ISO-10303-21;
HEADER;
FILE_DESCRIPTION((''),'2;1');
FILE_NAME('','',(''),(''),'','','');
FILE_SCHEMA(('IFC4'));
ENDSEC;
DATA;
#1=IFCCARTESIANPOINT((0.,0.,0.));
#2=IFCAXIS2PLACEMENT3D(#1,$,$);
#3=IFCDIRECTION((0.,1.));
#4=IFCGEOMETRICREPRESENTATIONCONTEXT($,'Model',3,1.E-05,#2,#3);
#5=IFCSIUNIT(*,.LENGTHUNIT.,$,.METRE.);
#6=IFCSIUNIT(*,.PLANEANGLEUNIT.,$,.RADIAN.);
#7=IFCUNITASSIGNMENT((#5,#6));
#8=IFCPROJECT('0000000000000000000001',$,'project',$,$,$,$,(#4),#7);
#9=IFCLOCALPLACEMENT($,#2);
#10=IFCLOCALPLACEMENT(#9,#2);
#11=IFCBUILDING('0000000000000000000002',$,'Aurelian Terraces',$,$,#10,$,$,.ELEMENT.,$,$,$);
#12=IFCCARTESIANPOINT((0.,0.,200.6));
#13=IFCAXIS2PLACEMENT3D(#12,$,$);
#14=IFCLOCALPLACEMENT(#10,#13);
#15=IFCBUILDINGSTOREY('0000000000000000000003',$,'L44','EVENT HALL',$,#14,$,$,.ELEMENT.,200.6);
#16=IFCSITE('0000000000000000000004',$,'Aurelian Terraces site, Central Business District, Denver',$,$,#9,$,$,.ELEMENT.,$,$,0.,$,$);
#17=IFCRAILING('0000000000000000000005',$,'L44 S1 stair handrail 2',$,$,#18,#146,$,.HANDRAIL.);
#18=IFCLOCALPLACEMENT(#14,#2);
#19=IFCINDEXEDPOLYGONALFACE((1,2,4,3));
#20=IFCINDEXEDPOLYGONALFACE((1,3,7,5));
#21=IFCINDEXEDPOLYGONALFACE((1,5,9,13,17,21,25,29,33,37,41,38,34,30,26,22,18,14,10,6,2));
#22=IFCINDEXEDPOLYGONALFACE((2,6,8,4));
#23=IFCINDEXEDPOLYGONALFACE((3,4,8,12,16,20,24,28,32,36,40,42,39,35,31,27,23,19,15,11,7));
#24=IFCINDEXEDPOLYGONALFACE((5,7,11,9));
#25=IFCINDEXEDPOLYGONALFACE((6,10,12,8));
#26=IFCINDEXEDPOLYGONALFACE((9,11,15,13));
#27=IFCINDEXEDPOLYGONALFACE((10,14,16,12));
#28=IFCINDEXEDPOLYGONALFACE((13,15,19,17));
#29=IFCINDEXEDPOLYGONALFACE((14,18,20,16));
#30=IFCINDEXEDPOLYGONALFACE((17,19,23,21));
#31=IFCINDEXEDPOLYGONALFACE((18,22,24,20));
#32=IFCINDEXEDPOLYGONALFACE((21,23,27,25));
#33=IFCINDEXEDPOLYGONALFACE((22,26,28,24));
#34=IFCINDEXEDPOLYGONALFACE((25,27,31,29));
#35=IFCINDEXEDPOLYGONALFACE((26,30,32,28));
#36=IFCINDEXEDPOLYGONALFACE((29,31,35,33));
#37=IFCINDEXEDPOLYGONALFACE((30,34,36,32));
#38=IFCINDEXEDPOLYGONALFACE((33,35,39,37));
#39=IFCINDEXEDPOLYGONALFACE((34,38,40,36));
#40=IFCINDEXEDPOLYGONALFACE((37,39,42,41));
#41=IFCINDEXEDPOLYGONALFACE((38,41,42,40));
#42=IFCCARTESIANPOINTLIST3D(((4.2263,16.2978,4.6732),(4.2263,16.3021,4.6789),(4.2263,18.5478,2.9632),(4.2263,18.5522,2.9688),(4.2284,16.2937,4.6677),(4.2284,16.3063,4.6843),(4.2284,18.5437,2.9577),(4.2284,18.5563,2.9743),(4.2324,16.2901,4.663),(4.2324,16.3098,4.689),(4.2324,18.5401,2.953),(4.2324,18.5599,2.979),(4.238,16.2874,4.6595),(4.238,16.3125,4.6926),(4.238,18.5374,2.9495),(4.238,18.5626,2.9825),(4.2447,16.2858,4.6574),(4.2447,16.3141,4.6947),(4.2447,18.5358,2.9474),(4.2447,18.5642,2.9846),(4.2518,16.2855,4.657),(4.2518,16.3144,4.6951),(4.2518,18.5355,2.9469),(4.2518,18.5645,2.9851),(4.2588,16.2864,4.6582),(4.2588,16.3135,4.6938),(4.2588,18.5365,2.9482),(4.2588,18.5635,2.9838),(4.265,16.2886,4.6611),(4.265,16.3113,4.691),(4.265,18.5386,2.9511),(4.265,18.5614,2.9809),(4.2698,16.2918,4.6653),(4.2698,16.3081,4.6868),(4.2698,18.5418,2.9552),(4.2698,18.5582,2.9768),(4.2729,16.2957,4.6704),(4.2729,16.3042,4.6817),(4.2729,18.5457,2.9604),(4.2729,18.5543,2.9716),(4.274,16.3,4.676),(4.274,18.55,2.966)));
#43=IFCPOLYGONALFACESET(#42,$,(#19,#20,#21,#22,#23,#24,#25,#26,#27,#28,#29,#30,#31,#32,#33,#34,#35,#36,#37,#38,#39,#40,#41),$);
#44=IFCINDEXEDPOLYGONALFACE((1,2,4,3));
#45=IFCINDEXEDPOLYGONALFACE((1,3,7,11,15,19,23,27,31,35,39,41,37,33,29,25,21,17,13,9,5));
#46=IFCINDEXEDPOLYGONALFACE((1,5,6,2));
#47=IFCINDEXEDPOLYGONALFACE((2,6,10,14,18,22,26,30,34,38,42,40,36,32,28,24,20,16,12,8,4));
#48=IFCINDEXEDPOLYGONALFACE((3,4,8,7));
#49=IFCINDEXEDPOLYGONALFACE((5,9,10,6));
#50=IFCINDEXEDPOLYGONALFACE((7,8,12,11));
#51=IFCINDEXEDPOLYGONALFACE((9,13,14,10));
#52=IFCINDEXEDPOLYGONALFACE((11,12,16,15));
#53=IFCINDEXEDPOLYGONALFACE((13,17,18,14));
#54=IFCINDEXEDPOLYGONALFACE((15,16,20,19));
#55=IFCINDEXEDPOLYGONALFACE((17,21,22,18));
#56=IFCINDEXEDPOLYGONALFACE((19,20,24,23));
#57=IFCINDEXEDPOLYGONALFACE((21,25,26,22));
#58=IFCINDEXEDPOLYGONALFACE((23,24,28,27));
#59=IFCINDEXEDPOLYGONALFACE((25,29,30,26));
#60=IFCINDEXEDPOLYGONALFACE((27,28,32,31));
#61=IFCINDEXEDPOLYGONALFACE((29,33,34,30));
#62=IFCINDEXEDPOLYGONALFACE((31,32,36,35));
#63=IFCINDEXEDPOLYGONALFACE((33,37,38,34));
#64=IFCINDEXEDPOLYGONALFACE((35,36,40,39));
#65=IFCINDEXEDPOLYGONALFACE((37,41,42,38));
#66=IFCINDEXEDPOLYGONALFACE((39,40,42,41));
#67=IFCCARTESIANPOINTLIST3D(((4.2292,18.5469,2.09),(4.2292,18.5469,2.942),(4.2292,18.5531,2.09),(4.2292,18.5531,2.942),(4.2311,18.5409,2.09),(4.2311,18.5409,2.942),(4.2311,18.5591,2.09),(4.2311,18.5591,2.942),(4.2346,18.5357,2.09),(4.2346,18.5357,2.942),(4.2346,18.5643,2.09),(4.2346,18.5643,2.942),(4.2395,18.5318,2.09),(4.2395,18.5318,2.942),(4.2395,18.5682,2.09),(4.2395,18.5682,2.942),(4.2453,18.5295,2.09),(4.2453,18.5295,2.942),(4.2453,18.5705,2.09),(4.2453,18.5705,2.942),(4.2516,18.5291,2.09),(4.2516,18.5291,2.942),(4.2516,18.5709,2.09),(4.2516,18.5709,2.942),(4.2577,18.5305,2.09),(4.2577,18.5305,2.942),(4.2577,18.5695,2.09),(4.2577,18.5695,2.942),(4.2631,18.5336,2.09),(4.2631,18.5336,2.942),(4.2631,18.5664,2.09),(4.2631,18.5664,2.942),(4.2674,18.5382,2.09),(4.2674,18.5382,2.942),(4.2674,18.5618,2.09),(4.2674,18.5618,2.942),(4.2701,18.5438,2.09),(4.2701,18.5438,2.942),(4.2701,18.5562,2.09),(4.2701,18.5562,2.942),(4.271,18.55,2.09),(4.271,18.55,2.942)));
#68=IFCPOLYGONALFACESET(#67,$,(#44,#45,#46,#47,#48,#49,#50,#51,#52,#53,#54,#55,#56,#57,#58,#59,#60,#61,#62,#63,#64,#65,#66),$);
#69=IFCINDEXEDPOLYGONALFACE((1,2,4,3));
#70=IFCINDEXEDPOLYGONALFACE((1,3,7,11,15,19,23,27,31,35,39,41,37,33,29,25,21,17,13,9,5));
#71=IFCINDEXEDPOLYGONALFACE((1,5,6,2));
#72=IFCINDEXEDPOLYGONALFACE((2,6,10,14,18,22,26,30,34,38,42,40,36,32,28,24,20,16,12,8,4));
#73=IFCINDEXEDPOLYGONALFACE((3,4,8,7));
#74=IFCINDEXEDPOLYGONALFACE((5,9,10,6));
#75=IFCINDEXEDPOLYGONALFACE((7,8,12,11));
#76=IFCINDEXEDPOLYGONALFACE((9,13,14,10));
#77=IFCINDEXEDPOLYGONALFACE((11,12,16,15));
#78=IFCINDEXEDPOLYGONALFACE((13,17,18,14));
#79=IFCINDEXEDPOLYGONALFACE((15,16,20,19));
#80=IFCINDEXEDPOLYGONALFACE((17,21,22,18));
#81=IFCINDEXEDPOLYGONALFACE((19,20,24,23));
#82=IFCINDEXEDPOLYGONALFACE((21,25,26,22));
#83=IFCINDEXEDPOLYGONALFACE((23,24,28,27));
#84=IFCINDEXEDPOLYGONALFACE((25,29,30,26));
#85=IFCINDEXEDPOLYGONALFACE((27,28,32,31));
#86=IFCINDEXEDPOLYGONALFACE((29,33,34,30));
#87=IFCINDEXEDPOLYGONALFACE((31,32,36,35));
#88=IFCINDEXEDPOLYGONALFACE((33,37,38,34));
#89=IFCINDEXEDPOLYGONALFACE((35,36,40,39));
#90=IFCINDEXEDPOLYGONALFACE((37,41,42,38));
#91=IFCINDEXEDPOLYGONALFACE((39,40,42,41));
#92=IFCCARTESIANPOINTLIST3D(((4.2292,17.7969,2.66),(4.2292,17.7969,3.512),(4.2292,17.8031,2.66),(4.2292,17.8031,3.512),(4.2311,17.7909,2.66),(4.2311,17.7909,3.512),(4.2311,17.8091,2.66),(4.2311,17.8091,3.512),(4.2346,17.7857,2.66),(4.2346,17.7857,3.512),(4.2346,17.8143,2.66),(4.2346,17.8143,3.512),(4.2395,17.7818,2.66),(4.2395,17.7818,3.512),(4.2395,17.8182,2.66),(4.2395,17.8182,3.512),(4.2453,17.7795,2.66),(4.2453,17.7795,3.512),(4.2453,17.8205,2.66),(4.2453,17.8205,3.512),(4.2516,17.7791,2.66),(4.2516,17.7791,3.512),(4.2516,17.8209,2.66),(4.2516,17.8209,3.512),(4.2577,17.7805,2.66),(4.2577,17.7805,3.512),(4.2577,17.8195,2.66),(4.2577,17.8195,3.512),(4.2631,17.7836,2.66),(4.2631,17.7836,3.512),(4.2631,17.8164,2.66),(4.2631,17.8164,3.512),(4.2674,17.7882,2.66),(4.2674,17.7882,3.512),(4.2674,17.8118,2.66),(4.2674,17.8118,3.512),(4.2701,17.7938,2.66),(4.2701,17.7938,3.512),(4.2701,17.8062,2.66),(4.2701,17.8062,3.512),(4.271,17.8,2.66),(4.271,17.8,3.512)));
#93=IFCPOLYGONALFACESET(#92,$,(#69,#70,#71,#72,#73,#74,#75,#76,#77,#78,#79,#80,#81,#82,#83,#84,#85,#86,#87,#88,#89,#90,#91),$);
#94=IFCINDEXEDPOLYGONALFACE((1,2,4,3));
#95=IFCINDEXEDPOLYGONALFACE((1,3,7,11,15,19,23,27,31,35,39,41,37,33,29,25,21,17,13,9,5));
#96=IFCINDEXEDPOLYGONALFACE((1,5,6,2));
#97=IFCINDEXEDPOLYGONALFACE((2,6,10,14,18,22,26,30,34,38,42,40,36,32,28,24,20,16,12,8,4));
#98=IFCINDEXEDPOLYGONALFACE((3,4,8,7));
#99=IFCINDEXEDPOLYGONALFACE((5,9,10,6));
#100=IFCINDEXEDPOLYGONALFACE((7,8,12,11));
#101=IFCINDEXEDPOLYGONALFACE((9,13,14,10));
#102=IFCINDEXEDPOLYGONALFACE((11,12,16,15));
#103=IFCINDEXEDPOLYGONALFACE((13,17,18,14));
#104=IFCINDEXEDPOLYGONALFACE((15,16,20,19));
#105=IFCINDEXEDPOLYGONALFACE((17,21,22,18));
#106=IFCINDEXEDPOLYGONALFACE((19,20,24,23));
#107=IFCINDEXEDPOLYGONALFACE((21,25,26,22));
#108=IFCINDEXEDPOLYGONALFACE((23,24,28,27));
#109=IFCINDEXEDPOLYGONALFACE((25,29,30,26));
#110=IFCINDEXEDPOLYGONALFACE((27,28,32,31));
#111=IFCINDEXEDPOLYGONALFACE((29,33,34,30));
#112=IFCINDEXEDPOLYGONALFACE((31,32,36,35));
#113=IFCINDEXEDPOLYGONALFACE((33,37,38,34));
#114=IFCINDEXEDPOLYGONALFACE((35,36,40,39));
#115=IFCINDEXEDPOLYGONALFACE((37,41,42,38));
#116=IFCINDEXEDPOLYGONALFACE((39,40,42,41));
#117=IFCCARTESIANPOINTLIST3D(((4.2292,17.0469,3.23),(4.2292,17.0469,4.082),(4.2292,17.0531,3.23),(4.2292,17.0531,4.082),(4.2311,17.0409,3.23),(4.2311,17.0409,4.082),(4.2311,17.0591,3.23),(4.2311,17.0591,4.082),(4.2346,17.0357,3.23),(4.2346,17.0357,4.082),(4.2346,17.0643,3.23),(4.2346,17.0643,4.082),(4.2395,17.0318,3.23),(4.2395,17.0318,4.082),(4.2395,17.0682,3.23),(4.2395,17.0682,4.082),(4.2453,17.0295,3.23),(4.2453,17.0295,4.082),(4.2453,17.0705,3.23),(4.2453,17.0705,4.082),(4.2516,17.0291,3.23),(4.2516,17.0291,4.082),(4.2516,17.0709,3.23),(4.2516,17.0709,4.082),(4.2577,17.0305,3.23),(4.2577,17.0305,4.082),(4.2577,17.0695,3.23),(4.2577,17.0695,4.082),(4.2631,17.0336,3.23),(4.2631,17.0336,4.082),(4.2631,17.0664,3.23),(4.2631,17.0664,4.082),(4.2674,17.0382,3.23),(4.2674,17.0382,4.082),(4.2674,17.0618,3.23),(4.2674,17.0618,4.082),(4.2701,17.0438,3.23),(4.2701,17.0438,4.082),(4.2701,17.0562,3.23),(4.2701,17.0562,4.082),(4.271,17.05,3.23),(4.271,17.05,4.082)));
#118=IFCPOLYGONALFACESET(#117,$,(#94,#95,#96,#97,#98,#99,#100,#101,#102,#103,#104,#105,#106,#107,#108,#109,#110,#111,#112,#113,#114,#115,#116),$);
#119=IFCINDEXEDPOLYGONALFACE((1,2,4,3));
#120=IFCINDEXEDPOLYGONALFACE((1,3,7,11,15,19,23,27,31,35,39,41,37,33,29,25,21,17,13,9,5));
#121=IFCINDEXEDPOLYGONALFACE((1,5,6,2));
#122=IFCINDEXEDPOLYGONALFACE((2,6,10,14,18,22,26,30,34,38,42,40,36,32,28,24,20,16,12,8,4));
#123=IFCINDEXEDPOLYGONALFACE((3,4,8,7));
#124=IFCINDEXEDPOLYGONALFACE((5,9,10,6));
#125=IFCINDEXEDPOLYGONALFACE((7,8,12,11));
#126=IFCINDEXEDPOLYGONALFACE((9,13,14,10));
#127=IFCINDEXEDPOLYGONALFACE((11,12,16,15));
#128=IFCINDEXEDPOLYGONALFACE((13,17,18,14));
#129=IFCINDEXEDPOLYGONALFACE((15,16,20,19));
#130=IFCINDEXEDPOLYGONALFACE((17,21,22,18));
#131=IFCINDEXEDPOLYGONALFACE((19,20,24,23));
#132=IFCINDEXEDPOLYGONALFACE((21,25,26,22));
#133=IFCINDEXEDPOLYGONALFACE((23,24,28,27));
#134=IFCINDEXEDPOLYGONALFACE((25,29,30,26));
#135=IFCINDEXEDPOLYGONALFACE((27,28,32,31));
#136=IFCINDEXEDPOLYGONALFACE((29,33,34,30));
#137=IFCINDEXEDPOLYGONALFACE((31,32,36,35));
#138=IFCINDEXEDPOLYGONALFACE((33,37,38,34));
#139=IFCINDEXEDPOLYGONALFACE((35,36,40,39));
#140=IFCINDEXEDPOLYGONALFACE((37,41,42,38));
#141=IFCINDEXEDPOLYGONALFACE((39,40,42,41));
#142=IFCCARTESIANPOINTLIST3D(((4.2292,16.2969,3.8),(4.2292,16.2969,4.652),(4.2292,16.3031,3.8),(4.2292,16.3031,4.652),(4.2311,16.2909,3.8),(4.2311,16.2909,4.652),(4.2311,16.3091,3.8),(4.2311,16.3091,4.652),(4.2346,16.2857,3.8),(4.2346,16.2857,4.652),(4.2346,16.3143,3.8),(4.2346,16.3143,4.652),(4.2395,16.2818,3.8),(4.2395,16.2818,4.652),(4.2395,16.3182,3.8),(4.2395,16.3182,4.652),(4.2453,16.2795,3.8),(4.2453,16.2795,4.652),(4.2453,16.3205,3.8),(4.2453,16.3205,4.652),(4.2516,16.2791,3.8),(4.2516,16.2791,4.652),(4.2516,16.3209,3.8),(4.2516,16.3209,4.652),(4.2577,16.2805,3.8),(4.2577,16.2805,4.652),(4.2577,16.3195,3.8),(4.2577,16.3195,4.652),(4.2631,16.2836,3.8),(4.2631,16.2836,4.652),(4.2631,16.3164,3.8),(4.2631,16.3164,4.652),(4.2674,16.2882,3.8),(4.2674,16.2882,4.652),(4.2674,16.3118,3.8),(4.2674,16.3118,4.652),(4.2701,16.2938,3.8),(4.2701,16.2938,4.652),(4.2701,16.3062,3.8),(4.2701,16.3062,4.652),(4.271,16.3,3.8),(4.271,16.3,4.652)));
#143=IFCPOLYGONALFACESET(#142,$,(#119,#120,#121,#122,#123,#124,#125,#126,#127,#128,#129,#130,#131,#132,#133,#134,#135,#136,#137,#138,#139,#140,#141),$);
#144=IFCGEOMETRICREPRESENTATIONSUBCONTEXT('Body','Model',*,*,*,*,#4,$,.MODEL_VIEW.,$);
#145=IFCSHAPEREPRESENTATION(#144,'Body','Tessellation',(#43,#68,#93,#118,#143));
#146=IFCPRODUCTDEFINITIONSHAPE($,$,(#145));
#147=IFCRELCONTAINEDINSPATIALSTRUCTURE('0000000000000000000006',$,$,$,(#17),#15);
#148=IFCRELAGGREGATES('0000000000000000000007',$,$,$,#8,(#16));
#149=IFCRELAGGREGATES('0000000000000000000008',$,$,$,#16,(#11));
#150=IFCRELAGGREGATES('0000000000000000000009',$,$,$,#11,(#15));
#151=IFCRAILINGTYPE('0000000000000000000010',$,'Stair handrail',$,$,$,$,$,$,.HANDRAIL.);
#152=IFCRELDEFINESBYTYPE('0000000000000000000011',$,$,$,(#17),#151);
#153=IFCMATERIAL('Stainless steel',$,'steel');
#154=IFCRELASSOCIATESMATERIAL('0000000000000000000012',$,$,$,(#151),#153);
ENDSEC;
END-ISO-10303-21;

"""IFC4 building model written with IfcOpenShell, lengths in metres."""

from ifc_helpers import new_model, si_unit, direction, frame, origin, origin_2d, place, context, subcontext, project, spatial, circle, extrude, source, transform, mapped, material, type_object, element, save


model = new_model("IFC4")

# Units and contexts
model_context = context("Model", 3, precision=1e-05, world=origin(), true_north=direction((0.0, 1.0)))
body_context = subcontext(model_context, "Body", "Model", "MODEL_VIEW")
ifc_project = project(units=[si_unit("LENGTHUNIT", "METRE"), si_unit("PLANEANGLEUNIT", "RADIAN")], contexts=[model_context])

# Site, building, storey
site_placement = place(None, origin())
site = spatial("IfcSite", under=ifc_project, at=site_placement, Name="Aurelian Terraces site, Central Business District, Denver", CompositionType="ELEMENT", RefElevation=0.0)
building_placement = place(site_placement, origin())
building = spatial("IfcBuilding", under=site, at=building_placement, Name="Aurelian Terraces", CompositionType="ELEMENT")
storey_placement = place(building_placement, frame((0.0, 0.0, 200.6)))
storey = spatial("IfcBuildingStorey", under=building, at=storey_placement, Name="L44", Description="EVENT HALL", CompositionType="ELEMENT", Elevation=200.6)

# Railing
ifc_material_1 = material(Name="Stainless steel", Category="steel")
railing_type_1 = type_object("IfcRailingType", Name="Stair handrail", PredefinedType="HANDRAIL", material=ifc_material_1)
shared_shape_1 = source(origin(), body_context, "Body", "SweptSolid", [
    extrude(circle(Radius=0.024, at=origin_2d()), frame((0.0, 0.0, 0.876), z_axis=(0.0, -0.796162, 0.605083), x_axis=(1.0, 0.0, 0.0)), (0.0, 0.0, 1.0), 2.8261),
    extrude(circle(Radius=0.021, at=origin_2d()), origin(), (0.0, 0.0, 1.0), 0.852),
    extrude(circle(Radius=0.021, at=origin_2d()), frame((0.0, -0.75, 0.57)), (0.0, 0.0, 1.0), 0.852),
    extrude(circle(Radius=0.021, at=origin_2d()), frame((0.0, -1.5, 1.14)), (0.0, 0.0, 1.0), 0.852),
    extrude(circle(Radius=0.021, at=origin_2d()), frame((0.0, -2.25, 1.71)), (0.0, 0.0, 1.0), 0.852),
])
railing_1_placement = place(storey_placement, frame((4.25, 18.55, 2.09)))
element("IfcRailing", 1, at=railing_1_placement, inside=storey, type_object=railing_type_1, Name="L44 S1 stair handrail 2", PredefinedType="HANDRAIL", context=body_context, shape_type="MappedRepresentation", body=[
    mapped(shared_shape_1, transform((0.0, 0.0, 0.0), scale=1.0)),
])

save(model, "model.ifc")
